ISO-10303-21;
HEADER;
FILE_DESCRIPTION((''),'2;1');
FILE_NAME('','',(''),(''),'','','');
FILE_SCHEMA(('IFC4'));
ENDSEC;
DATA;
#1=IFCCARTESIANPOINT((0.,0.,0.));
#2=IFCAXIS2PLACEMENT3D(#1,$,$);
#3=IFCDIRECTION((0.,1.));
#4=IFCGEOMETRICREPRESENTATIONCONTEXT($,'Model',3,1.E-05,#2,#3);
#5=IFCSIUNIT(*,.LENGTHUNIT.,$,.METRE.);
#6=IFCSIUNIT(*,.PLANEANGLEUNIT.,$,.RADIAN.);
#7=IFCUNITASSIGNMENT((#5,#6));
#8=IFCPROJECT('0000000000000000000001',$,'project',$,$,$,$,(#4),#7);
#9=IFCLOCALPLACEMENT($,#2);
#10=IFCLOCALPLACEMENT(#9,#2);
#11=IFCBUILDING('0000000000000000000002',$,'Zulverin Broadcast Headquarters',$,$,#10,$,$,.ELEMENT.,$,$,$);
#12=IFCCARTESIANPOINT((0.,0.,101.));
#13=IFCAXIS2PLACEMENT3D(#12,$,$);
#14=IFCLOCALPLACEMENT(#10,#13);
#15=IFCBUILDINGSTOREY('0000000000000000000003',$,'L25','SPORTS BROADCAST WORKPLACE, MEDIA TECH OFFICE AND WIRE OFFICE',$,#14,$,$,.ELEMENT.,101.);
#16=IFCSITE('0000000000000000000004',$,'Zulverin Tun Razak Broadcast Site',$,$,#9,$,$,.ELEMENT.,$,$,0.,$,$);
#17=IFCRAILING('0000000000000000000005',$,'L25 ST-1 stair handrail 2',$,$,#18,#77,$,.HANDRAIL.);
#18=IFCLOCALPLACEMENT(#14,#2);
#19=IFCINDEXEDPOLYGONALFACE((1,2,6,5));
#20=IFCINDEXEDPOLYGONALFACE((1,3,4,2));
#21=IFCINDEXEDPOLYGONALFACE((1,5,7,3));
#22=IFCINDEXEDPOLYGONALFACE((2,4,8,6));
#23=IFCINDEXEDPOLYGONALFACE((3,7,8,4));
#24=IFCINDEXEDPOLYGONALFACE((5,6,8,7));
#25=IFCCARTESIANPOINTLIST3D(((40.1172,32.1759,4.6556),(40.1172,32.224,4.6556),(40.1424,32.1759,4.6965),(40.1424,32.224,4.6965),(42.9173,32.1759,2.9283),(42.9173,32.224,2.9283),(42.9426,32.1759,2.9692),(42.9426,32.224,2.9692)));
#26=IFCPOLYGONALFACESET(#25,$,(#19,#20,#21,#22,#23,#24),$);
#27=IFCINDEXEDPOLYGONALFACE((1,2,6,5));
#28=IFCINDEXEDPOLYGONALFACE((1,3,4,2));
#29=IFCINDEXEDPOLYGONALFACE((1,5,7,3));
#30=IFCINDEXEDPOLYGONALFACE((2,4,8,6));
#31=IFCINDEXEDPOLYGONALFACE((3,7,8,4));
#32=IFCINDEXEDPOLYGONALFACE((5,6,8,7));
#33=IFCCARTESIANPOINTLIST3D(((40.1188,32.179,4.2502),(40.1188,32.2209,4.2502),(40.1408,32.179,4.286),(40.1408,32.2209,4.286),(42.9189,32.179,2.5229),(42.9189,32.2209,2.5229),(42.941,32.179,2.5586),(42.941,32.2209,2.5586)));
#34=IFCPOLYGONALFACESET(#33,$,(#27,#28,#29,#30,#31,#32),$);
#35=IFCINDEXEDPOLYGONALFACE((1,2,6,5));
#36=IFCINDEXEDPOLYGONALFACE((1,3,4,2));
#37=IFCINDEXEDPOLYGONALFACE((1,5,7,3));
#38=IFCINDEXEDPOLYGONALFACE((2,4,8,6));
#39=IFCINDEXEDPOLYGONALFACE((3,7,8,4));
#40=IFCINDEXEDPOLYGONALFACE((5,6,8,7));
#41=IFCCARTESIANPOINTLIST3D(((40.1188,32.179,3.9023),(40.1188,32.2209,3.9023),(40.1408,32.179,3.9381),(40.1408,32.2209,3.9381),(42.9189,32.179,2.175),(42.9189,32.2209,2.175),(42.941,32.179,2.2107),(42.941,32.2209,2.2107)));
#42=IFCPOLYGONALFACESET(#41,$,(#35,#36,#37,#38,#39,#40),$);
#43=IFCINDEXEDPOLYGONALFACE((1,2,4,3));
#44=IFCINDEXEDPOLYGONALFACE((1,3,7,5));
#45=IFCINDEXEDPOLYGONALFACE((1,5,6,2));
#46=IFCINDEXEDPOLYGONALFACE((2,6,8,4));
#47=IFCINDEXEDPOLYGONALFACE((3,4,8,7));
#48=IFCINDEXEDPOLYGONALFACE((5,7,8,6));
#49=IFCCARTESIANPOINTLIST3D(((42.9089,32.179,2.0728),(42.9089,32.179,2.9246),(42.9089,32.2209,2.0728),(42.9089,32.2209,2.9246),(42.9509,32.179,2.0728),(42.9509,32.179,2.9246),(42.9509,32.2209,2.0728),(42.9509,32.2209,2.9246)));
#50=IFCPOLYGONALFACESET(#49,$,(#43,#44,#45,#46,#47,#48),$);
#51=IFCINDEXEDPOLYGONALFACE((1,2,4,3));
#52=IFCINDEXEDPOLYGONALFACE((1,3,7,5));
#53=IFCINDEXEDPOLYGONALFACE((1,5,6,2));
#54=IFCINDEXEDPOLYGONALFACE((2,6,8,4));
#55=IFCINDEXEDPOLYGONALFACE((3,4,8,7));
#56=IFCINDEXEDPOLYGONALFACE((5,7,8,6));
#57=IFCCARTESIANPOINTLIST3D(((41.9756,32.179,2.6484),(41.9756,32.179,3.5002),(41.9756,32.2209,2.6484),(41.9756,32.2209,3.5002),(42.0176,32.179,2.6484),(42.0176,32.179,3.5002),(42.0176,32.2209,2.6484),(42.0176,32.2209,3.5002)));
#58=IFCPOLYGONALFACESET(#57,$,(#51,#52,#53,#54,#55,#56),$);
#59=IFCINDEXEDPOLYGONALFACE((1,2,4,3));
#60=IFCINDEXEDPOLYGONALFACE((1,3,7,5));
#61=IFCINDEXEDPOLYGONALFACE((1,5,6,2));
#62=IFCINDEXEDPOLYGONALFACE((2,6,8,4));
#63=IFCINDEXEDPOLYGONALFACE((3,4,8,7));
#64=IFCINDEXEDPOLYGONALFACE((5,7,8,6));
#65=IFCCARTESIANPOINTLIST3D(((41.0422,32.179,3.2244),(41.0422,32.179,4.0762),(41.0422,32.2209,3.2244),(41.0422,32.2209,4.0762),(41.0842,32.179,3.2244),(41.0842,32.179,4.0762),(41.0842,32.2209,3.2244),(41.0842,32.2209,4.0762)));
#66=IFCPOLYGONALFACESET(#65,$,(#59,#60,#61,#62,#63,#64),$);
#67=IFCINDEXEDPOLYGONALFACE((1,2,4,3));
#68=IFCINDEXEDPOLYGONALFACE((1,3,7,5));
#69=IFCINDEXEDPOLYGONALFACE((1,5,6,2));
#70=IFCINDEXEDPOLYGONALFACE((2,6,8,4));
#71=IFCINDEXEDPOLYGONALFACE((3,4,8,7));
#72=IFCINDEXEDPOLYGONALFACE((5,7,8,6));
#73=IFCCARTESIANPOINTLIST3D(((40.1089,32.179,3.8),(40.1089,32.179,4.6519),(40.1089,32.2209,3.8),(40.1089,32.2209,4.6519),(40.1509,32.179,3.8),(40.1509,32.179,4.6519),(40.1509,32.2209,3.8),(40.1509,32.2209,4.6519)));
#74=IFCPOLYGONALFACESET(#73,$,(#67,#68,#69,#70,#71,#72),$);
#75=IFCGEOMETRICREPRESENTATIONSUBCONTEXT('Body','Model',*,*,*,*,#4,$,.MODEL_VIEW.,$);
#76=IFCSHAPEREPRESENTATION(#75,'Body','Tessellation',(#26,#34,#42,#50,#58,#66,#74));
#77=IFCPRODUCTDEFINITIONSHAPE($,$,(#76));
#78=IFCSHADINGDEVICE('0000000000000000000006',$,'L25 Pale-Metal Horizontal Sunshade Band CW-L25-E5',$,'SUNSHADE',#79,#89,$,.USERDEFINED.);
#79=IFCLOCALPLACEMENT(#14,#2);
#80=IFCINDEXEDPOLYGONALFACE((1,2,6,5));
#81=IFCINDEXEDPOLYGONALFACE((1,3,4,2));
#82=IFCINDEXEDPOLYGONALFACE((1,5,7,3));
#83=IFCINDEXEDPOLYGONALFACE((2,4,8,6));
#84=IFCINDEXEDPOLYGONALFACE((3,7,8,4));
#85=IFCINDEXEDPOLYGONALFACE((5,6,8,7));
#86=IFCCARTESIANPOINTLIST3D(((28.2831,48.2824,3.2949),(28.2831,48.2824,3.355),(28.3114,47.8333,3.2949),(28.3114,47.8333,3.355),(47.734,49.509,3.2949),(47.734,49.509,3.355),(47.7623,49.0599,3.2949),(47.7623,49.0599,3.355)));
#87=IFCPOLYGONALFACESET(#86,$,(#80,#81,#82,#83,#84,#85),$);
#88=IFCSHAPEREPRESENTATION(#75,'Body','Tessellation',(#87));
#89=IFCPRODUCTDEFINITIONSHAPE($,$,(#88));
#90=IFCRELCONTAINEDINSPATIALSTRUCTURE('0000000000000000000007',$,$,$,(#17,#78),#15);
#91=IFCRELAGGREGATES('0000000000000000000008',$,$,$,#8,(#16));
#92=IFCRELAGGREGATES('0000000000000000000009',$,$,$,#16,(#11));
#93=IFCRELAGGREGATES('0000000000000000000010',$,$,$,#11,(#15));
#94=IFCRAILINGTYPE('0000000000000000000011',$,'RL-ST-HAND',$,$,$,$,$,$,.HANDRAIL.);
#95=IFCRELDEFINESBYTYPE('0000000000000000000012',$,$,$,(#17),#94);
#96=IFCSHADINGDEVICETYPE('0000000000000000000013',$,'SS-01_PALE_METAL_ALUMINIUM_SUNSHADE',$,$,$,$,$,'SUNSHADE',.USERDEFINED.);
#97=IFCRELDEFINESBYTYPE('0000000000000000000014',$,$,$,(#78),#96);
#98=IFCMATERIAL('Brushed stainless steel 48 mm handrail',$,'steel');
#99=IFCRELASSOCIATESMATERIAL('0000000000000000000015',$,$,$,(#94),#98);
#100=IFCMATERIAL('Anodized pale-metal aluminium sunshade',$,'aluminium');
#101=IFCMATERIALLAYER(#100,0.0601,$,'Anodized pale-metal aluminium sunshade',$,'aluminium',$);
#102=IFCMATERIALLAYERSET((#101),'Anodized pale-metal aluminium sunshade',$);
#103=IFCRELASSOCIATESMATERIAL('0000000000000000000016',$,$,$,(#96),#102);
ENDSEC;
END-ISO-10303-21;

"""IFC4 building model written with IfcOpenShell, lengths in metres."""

from ifc_helpers import new_model, si_unit, direction, frame, origin, origin_2d, place, context, subcontext, project, spatial, rectangle, extrude, material, layer, layer_set, type_object, element, save


model = new_model("IFC4")

# Units and contexts
model_context = context("Model", 3, precision=1e-05, world=origin(), true_north=direction((0.0, 1.0)))
body_context = subcontext(model_context, "Body", "Model", "MODEL_VIEW")
ifc_project = project(units=[si_unit("LENGTHUNIT", "METRE"), si_unit("PLANEANGLEUNIT", "RADIAN")], contexts=[model_context])

# Site, building, storey
site_placement = place(None, origin())
site = spatial("IfcSite", under=ifc_project, at=site_placement, Name="Zulverin Tun Razak Broadcast Site", CompositionType="ELEMENT", RefElevation=0.0)
building_placement = place(site_placement, origin())
building = spatial("IfcBuilding", under=site, at=building_placement, Name="Zulverin Broadcast Headquarters", CompositionType="ELEMENT")
storey_placement = place(building_placement, frame((0.0, 0.0, 101.0)))
storey = spatial("IfcBuildingStorey", under=building, at=storey_placement, Name="L25", Description="SPORTS BROADCAST WORKPLACE, MEDIA TECH OFFICE AND WIRE OFFICE", CompositionType="ELEMENT", Elevation=101.0)

# Railing
ifc_material_1 = material(Name="Brushed stainless steel 48 mm handrail", Category="steel")
railing_type_1 = type_object("IfcRailingType", Name="RL-ST-HAND", PredefinedType="HANDRAIL", material=ifc_material_1)
railing_1_placement = place(storey_placement, frame((42.9299, 32.2, 2.0728)))
element("IfcRailing", 1, at=railing_1_placement, inside=storey, type_object=railing_type_1, Name="L25 ST-1 stair handrail 2", PredefinedType="HANDRAIL", context=body_context, shape_type="SweptSolid", body=[
    extrude(rectangle(XDim=0.0481, YDim=0.0481, at=origin_2d()), frame((0.0, 0.0, 0.876), z_axis=(-0.85109, 0.0, 0.52502), x_axis=(0.0, -1.0, 0.0)), (0.0, 0.0, 1.0), 3.29),
    extrude(rectangle(XDim=0.042, YDim=0.042, at=origin_2d()), frame((0.0, 0.0, 0.468), z_axis=(-0.85109, 0.0, 0.52502), x_axis=(0.0, -1.0, 0.0)), (0.0, 0.0, 1.0), 3.29),
    extrude(rectangle(XDim=0.042, YDim=0.042, at=origin_2d()), frame((0.0, 0.0, 0.1201), z_axis=(-0.85109, 0.0, 0.52502), x_axis=(0.0, -1.0, 0.0)), (0.0, 0.0, 1.0), 3.29),
    extrude(rectangle(XDim=0.042, YDim=0.042, at=origin_2d()), origin(), (0.0, 0.0, 1.0), 0.8518),
    extrude(rectangle(XDim=0.042, YDim=0.042, at=origin_2d()), frame((-0.9333, 0.0, 0.5757)), (0.0, 0.0, 1.0), 0.8518),
    extrude(rectangle(XDim=0.042, YDim=0.042, at=origin_2d()), frame((-1.8667, 0.0, 1.1516)), (0.0, 0.0, 1.0), 0.8518),
    extrude(rectangle(XDim=0.042, YDim=0.042, at=origin_2d()), frame((-2.8, 0.0, 1.7273)), (0.0, 0.0, 1.0), 0.8518),
])

# Shading device
ifc_material_2 = material(Name="Anodized pale-metal aluminium sunshade", Category="aluminium")
ifc_layer_1 = layer(ifc_material_2, 0.0601, Name="Anodized pale-metal aluminium sunshade", Category="aluminium")
ifc_layer_set_1 = layer_set([ifc_layer_1], Name="Anodized pale-metal aluminium sunshade")
shading_device_type = type_object("IfcShadingDeviceType", Name="SS-01_PALE_METAL_ALUMINIUM_SUNSHADE", ElementType="SUNSHADE", PredefinedType="USERDEFINED", material=ifc_layer_set_1)
shading_device_placement = place(storey_placement, frame((38.0227, 48.6711, 3.2949), z_axis=(0.0, 0.0, 1.0), x_axis=(-0.998018, -0.062935, 0.0)))
element("IfcShadingDevice", 2, at=shading_device_placement, inside=storey, type_object=shading_device_type, Name="L25 Pale-Metal Horizontal Sunshade Band CW-L25-E5", ObjectType="SUNSHADE", PredefinedType="USERDEFINED", context=body_context, shape_type="SweptSolid", body=[
    extrude(rectangle(XDim=19.4895, YDim=0.45, at=origin_2d()), origin(), (0.0, 0.0, 1.0), 0.0601),
])

save(model, "model.ifc")
